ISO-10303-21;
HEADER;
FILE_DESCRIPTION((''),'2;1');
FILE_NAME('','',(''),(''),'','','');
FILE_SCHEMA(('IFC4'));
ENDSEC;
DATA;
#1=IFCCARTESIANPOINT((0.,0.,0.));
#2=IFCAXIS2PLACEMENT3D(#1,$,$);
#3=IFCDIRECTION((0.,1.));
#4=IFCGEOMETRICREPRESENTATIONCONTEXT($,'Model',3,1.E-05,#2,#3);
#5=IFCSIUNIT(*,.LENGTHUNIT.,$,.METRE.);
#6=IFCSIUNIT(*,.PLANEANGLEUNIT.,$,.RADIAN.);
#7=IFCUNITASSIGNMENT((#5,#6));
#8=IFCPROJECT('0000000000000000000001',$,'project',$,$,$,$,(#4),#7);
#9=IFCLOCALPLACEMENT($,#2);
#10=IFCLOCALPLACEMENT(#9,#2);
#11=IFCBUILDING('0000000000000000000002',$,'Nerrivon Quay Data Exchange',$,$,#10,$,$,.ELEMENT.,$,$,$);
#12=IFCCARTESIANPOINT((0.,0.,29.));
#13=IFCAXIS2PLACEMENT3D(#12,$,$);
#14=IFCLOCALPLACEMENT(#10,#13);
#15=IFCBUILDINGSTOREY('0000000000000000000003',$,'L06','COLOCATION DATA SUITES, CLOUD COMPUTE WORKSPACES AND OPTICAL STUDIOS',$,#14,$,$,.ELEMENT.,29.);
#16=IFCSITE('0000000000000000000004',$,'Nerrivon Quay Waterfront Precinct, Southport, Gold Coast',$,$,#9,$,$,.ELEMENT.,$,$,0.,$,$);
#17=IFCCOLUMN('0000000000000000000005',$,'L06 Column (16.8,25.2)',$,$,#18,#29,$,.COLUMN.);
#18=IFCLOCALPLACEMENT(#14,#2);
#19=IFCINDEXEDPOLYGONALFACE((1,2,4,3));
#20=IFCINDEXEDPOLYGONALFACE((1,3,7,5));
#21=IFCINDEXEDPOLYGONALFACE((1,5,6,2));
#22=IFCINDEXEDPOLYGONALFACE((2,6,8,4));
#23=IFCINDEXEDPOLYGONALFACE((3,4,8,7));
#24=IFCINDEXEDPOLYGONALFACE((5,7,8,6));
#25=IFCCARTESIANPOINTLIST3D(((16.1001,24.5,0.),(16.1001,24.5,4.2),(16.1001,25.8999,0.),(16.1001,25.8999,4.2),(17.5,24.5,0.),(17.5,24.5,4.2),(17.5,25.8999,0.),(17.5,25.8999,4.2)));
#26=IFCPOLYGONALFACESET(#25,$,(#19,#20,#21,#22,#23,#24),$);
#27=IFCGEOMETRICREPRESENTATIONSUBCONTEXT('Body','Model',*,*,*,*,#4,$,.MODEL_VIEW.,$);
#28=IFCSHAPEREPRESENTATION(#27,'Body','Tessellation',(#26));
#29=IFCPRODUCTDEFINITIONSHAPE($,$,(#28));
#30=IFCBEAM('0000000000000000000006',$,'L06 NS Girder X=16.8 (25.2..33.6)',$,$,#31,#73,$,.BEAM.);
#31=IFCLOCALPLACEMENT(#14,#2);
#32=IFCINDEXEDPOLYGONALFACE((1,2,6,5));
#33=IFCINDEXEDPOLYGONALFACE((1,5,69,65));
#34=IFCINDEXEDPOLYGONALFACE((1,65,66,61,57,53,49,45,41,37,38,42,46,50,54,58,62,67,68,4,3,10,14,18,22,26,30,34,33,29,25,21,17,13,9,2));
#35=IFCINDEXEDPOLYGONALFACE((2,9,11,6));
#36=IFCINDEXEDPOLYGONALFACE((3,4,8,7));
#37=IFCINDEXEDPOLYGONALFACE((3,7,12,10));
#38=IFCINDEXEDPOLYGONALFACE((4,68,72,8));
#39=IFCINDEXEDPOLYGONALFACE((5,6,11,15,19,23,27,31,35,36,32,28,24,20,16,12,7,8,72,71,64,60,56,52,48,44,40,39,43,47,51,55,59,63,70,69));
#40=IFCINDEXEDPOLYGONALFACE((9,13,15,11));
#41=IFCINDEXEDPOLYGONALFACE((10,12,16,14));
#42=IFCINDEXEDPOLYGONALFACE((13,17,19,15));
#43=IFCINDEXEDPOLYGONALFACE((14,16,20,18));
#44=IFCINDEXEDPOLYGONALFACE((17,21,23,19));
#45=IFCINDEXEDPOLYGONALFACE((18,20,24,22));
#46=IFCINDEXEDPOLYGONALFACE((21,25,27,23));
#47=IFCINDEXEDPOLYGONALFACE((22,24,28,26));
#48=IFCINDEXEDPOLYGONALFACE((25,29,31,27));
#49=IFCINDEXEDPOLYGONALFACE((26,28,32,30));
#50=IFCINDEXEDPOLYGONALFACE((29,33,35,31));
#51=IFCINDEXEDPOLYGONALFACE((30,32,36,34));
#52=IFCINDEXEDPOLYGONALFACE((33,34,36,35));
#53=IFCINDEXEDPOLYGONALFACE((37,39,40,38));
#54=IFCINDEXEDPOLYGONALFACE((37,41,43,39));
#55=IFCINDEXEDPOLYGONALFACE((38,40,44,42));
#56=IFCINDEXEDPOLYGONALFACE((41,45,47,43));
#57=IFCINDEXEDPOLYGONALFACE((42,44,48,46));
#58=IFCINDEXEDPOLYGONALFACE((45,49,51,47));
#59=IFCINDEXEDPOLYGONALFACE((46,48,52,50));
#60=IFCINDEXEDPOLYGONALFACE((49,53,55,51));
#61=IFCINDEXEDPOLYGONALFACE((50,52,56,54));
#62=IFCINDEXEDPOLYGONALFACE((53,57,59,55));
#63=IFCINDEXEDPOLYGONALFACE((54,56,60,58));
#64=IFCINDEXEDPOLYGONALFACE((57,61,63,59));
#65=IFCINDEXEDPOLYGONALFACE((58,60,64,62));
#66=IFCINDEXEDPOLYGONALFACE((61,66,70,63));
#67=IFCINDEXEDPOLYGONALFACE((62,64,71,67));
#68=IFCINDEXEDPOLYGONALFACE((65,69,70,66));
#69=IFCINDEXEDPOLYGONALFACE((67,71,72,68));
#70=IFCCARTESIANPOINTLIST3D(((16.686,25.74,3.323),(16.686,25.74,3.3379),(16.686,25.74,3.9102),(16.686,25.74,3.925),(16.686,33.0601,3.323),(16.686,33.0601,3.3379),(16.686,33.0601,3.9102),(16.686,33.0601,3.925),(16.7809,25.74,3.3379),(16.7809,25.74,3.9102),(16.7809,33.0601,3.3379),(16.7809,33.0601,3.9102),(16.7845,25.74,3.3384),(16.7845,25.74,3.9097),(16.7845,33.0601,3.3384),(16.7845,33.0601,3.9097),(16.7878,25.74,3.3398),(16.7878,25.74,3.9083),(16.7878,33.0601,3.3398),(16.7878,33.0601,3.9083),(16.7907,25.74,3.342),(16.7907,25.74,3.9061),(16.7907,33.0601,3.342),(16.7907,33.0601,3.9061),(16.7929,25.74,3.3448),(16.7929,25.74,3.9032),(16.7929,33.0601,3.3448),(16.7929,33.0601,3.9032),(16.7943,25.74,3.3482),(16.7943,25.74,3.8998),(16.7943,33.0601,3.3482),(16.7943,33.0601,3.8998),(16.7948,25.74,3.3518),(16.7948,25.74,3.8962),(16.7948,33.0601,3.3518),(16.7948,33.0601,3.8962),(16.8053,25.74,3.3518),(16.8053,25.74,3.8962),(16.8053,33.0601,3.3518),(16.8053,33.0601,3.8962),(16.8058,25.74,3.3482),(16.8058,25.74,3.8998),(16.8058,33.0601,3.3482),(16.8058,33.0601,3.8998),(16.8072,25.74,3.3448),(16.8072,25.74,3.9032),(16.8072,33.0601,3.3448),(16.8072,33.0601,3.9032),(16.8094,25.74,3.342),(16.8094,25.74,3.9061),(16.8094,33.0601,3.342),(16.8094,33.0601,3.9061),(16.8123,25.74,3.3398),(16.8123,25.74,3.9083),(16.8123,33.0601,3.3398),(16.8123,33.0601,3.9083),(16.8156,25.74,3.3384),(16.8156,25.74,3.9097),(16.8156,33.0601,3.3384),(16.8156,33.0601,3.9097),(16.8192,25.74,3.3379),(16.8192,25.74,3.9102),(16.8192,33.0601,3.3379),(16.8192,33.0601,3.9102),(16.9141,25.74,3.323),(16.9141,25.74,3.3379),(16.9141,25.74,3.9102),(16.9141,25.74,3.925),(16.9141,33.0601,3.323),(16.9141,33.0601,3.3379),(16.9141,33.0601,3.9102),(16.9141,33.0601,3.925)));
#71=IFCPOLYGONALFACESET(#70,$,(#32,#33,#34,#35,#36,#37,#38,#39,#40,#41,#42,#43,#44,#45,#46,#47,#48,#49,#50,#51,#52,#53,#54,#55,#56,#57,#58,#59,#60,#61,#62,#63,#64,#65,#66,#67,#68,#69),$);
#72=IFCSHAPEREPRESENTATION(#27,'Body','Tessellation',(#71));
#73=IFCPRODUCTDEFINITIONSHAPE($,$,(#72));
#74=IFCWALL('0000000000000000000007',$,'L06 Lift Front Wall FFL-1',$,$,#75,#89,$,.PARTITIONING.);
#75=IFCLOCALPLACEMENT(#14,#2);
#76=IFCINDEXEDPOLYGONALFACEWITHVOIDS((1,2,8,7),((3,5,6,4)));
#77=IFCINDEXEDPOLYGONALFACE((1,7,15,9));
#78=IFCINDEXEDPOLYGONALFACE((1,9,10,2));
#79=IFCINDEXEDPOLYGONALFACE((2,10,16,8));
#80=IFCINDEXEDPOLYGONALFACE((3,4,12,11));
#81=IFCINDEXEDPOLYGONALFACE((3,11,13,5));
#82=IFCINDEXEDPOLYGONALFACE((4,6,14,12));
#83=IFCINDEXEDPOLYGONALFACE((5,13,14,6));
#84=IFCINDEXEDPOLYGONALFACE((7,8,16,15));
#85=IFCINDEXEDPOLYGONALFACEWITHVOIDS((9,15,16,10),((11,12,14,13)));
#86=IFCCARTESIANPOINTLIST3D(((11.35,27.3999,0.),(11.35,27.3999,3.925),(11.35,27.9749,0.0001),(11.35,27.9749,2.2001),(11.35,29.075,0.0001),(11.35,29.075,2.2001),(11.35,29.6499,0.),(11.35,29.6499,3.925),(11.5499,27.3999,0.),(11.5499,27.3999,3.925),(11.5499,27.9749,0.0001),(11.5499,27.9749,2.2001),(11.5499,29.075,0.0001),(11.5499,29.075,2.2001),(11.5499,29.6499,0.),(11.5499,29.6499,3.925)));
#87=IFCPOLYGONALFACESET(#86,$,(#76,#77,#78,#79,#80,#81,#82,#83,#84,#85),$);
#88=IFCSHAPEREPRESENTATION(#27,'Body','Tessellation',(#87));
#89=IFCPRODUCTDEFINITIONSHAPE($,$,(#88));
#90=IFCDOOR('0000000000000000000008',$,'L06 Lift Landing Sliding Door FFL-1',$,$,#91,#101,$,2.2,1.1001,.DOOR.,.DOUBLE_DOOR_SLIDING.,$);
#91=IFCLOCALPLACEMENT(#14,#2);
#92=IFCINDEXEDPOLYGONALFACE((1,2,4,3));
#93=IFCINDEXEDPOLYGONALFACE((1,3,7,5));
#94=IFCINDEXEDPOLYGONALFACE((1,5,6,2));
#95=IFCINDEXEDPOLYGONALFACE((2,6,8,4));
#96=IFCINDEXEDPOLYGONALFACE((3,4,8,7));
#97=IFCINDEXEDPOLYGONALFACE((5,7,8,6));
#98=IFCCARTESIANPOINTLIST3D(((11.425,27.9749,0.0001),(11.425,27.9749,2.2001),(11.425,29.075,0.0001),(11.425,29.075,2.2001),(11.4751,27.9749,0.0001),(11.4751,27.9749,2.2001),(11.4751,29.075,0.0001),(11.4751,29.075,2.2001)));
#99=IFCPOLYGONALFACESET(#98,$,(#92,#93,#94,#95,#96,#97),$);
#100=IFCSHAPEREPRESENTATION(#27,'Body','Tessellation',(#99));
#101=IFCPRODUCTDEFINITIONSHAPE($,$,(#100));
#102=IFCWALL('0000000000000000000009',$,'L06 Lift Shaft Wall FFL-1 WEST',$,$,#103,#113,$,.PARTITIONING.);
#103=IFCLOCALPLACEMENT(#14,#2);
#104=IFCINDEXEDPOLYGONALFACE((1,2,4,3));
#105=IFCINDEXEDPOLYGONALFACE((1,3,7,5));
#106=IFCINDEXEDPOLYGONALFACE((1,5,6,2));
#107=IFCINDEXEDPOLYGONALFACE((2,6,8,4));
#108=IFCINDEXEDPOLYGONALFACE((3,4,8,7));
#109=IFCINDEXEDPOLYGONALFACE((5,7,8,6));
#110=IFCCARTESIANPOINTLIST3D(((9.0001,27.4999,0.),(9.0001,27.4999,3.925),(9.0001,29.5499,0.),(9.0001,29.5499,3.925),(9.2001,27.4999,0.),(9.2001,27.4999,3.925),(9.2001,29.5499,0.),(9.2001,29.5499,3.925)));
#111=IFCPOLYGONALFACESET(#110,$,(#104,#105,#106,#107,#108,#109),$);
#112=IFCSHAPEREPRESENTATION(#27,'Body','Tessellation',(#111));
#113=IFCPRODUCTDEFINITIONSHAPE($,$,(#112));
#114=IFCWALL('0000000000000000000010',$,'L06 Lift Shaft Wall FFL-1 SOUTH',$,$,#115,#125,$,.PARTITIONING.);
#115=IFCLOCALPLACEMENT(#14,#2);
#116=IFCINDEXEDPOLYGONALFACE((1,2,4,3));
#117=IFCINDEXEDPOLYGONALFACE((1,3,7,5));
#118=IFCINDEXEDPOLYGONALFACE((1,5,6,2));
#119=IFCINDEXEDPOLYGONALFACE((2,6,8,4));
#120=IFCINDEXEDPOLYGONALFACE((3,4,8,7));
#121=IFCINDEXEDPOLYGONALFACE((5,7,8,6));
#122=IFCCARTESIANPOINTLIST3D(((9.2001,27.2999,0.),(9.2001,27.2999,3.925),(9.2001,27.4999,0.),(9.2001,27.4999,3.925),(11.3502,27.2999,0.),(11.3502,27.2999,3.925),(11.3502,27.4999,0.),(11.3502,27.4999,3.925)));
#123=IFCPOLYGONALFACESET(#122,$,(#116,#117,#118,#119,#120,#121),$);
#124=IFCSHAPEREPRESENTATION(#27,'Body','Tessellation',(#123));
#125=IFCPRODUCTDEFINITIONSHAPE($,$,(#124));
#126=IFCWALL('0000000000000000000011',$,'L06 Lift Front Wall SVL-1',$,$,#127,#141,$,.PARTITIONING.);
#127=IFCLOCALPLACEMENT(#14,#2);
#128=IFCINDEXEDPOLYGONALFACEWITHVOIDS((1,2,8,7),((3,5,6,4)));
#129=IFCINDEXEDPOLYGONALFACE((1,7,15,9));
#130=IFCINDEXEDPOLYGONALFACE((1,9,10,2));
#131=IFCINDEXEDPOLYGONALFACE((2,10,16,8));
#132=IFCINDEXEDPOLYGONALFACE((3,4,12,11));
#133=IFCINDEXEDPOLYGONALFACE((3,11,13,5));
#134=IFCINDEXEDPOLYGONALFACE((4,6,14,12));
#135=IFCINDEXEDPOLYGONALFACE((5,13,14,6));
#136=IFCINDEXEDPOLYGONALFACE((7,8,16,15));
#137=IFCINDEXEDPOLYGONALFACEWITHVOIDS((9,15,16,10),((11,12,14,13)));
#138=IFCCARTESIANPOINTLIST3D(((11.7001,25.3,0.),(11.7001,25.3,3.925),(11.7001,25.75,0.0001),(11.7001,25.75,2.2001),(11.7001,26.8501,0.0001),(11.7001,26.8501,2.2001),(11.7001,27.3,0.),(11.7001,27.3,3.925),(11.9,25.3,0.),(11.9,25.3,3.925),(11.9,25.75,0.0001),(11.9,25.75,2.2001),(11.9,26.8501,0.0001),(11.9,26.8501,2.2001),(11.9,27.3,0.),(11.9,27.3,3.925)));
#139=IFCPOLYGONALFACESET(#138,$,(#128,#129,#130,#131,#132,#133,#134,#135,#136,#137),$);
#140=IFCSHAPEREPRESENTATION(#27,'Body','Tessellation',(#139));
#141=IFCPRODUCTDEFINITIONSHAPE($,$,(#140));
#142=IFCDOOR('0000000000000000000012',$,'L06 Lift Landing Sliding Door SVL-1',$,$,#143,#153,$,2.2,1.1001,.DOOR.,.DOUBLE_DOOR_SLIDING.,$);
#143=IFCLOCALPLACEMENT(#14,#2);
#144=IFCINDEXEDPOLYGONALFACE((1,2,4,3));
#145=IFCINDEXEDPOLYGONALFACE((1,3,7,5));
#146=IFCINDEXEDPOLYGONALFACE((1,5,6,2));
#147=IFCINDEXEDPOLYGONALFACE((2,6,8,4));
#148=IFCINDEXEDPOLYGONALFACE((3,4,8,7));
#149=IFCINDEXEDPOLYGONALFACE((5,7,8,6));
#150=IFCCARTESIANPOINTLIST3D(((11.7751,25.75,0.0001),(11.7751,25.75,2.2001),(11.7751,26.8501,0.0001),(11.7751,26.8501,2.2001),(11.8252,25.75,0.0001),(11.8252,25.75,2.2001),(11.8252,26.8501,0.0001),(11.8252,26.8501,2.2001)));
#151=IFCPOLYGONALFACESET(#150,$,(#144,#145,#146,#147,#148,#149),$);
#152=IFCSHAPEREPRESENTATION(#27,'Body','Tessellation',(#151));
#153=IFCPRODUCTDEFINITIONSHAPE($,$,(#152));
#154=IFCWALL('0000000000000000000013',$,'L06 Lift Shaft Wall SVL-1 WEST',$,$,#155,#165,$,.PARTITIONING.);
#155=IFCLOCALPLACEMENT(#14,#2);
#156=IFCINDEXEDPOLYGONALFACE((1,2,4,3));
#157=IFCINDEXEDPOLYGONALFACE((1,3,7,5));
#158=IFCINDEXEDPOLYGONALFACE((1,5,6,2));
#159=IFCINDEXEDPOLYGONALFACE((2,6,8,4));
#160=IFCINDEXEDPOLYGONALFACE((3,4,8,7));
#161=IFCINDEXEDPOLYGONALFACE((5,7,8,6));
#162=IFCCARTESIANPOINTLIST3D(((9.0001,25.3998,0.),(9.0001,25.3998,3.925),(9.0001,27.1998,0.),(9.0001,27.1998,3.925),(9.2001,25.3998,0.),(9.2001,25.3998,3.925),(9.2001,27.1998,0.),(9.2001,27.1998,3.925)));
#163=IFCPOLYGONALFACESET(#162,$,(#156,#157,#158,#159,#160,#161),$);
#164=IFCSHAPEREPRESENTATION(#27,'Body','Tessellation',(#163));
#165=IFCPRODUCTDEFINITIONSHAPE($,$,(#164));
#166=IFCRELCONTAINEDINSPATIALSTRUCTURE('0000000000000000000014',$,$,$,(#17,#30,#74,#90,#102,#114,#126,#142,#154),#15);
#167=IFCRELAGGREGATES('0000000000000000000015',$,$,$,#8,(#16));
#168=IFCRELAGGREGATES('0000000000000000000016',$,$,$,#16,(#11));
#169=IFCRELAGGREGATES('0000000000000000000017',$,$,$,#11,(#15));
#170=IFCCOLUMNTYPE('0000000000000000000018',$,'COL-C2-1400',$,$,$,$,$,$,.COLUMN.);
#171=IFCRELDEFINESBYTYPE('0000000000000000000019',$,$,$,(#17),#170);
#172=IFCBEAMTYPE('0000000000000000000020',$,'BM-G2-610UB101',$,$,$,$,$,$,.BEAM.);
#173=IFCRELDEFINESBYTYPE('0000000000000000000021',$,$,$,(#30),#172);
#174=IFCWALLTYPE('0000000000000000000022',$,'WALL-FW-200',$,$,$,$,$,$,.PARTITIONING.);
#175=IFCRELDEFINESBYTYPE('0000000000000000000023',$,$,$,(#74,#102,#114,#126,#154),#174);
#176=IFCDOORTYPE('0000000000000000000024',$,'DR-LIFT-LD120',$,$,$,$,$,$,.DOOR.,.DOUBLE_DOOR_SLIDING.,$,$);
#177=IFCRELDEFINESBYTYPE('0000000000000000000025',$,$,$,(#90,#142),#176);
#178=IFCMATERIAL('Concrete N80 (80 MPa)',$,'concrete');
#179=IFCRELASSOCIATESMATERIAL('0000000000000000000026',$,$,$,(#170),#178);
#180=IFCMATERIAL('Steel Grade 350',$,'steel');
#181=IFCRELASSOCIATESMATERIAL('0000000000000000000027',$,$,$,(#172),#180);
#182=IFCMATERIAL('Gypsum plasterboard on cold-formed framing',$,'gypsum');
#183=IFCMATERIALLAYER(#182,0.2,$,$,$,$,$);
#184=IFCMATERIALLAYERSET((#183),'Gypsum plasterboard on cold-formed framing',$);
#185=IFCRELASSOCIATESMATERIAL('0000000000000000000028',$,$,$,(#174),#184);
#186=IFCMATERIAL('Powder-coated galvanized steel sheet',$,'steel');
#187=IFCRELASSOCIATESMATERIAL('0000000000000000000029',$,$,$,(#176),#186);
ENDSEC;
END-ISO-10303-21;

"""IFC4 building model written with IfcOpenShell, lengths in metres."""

from ifc_helpers import new_model, si_unit, direction, frame, frame_2d, origin, origin_2d, place, context, subcontext, project, spatial, rectangle, i_section, extrude, material, layer, layer_set, material_profile, profile_set, type_object, element, fill, save


model = new_model("IFC4")

# Units and contexts
model_context = context("Model", 3, precision=1e-05, world=origin(), true_north=direction((0.0, 1.0)))
body_context = subcontext(model_context, "Body", "Model", "MODEL_VIEW")
ifc_project = project(units=[si_unit("LENGTHUNIT", "METRE"), si_unit("PLANEANGLEUNIT", "RADIAN")], contexts=[model_context])

# Site, building, storey
site_placement = place(None, origin())
site = spatial("IfcSite", under=ifc_project, at=site_placement, Name="Nerrivon Quay Waterfront Precinct, Southport, Gold Coast", CompositionType="ELEMENT", RefElevation=0.0)
building_placement = place(site_placement, origin())
building = spatial("IfcBuilding", under=site, at=building_placement, Name="Nerrivon Quay Data Exchange", CompositionType="ELEMENT")
storey_placement = place(building_placement, frame((0.0, 0.0, 29.0)))
storey = spatial("IfcBuildingStorey", under=building, at=storey_placement, Name="L06", Description="COLOCATION DATA SUITES, CLOUD COMPUTE WORKSPACES AND OPTICAL STUDIOS", CompositionType="ELEMENT", Elevation=29.0)

# Column
ifc_material_1 = material(Name="Concrete N80 (80 MPa)", Category="concrete")
ifc_material_profile_1 = material_profile(ifc_material_1, rectangle(XDim=1.3999, YDim=1.3999, at=origin_2d()), Name="RC-COL-1400x1400")
ifc_profile_set_1 = profile_set([ifc_material_profile_1], Name="Concrete N80 (80 MPa)")
column_type = type_object("IfcColumnType", Name="COL-C2-1400", PredefinedType="COLUMN", material=ifc_profile_set_1)
column_placement = place(storey_placement, frame((16.8, 25.2, 0.0), z_axis=(0.0, 0.0, 1.0), x_axis=(1.0, 0.0, 0.0)))
element("IfcColumn", 1, at=column_placement, inside=storey, type_object=column_type, Name="L06 Column (16.8,25.2)", PredefinedType="COLUMN", context=body_context, shape_type="SweptSolid", body=[
    extrude(rectangle(XDim=1.3999, YDim=1.3999, at=origin_2d()), origin(), (0.0, 0.0, 1.0), 4.2),
])

# Beam
ifc_material_2 = material(Name="Steel Grade 350", Category="steel")
ifc_material_profile_2 = material_profile(ifc_material_2, i_section(OverallWidth=0.228, OverallDepth=0.6021, WebThickness=0.0105, FlangeThickness=0.0149, FilletRadius=0.0139, at=origin_2d()), Name="610UB101")
ifc_profile_set_2 = profile_set([ifc_material_profile_2], Name="Steel Grade 350")
beam_type = type_object("IfcBeamType", Name="BM-G2-610UB101", PredefinedType="BEAM", material=ifc_profile_set_2)
beam_placement = place(storey_placement, frame((16.8, 25.74, 3.624), z_axis=(0.0, 1.0, 0.0), x_axis=(-1.0, 0.0, 0.0)))
element("IfcBeam", 2, at=beam_placement, inside=storey, type_object=beam_type, Name="L06 NS Girder X=16.8 (25.2..33.6)", PredefinedType="BEAM", context=body_context, shape_type="SweptSolid", body=[
    extrude(i_section(OverallWidth=0.228, OverallDepth=0.6021, WebThickness=0.0105, FlangeThickness=0.0149, FilletRadius=0.0139, at=origin_2d()), origin(), (0.0, 0.0, 1.0), 7.3201),
])

# Wall, opening, door
ifc_material_3 = material(Name="Powder-coated galvanized steel sheet", Category="steel")
ifc_material_4 = material(Name="Gypsum plasterboard on cold-formed framing", Category="gypsum")
ifc_layer_1 = layer(ifc_material_4, 0.2)
ifc_layer_set_1 = layer_set([ifc_layer_1], Name="Gypsum plasterboard on cold-formed framing")
wall_type_1 = type_object("IfcWallType", Name="WALL-FW-200", PredefinedType="PARTITIONING", material=ifc_layer_set_1)
wall_1_placement = place(storey_placement, frame((11.45, 27.3999, 0.0), z_axis=(0.0, 0.0, 1.0), x_axis=(0.0, 1.0, 0.0)))
wall_1 = element("IfcWall", 3, at=wall_1_placement, inside=storey, type_object=wall_type_1, Name="L06 Lift Front Wall FFL-1", PredefinedType="PARTITIONING", context=body_context, shape_type="SweptSolid", body=[
    extrude(rectangle(XDim=2.25, YDim=0.2, at=frame_2d((1.125, 0.0))), origin(), (0.0, 0.0, 1.0), 3.925),
])
opening_1_placement = place(wall_1_placement, frame((0.575, 0.0, 0.0)))
opening_1 = element("IfcOpeningElement", 4, at=opening_1_placement, cuts=wall_1, PredefinedType="OPENING", context=body_context, shape_type="SweptSolid", body=[
    extrude(rectangle(XDim=1.1001, YDim=2.2, at=frame_2d((0.55, 1.1001))), frame((0.0, 0.1099, 0.0), z_axis=(0.0, -1.0, 0.0), x_axis=(1.0, 0.0, 0.0)), (0.0, 0.0, 1.0), 0.22),
])
door_type_1 = type_object("IfcDoorType", Name="DR-LIFT-LD120", OperationType="DOUBLE_DOOR_SLIDING", PredefinedType="DOOR", material=ifc_material_3)
door_1_placement = place(opening_1_placement, origin())
door_1 = element("IfcDoor", 5, at=door_1_placement, inside=storey, type_object=door_type_1, Name="L06 Lift Landing Sliding Door FFL-1", OperationType="DOUBLE_DOOR_SLIDING", OverallHeight=2.2, OverallWidth=1.1001, PredefinedType="DOOR", context=body_context, shape_type="SweptSolid", body=[
    extrude(rectangle(XDim=1.1001, YDim=2.2, at=frame_2d((0.55, 1.1001))), frame((0.0, 0.0249, 0.0), z_axis=(0.0, -1.0, 0.0), x_axis=(1.0, 0.0, 0.0)), (0.0, 0.0, 1.0), 0.05),
])
fill(opening_1, door_1)

# Walls
wall_2_placement = place(storey_placement, frame((9.1001, 27.5, 0.0), z_axis=(0.0, 0.0, 1.0), x_axis=(0.0, 1.0, 0.0)))
element("IfcWall", 6, at=wall_2_placement, inside=storey, type_object=wall_type_1, Name="L06 Lift Shaft Wall FFL-1 WEST", PredefinedType="PARTITIONING", context=body_context, shape_type="SweptSolid", body=[
    extrude(rectangle(XDim=2.05, YDim=0.2, at=frame_2d((1.0249, 0.0))), origin(), (0.0, 0.0, 1.0), 3.925),
])
wall_3_placement = place(storey_placement, frame((9.2, 27.3999, 0.0), z_axis=(0.0, 0.0, 1.0), x_axis=(1.0, 0.0, 0.0)))
element("IfcWall", 7, at=wall_3_placement, inside=storey, type_object=wall_type_1, Name="L06 Lift Shaft Wall FFL-1 SOUTH", PredefinedType="PARTITIONING", context=body_context, shape_type="SweptSolid", body=[
    extrude(rectangle(XDim=2.1501, YDim=0.2, at=frame_2d((1.0752, 0.0))), origin(), (0.0, 0.0, 1.0), 3.925),
])

# Wall, opening, door
wall_4_placement = place(storey_placement, frame((11.8, 25.3, 0.0), z_axis=(0.0, 0.0, 1.0), x_axis=(0.0, 1.0, 0.0)))
wall_4 = element("IfcWall", 8, at=wall_4_placement, inside=storey, type_object=wall_type_1, Name="L06 Lift Front Wall SVL-1", PredefinedType="PARTITIONING", context=body_context, shape_type="SweptSolid", body=[
    extrude(rectangle(XDim=2.0, YDim=0.2, at=frame_2d((1.0, 0.0))), origin(), (0.0, 0.0, 1.0), 3.925),
])
opening_2_placement = place(wall_4_placement, frame((0.45, 0.0, 0.0)))
opening_2 = element("IfcOpeningElement", 9, at=opening_2_placement, cuts=wall_4, PredefinedType="OPENING", context=body_context, shape_type="SweptSolid", body=[
    extrude(rectangle(XDim=1.1001, YDim=2.2, at=frame_2d((0.55, 1.1001))), frame((0.0, 0.1099, 0.0), z_axis=(0.0, -1.0, 0.0), x_axis=(1.0, 0.0, 0.0)), (0.0, 0.0, 1.0), 0.22),
])
door_2_placement = place(opening_2_placement, origin())
door_2 = element("IfcDoor", 10, at=door_2_placement, inside=storey, type_object=door_type_1, Name="L06 Lift Landing Sliding Door SVL-1", OperationType="DOUBLE_DOOR_SLIDING", OverallHeight=2.2, OverallWidth=1.1001, PredefinedType="DOOR", context=body_context, shape_type="SweptSolid", body=[
    extrude(rectangle(XDim=1.1001, YDim=2.2, at=frame_2d((0.55, 1.1001))), frame((0.0, 0.0249, 0.0), z_axis=(0.0, -1.0, 0.0), x_axis=(1.0, 0.0, 0.0)), (0.0, 0.0, 1.0), 0.05),
])
fill(opening_2, door_2)

# Wall
wall_5_placement = place(storey_placement, frame((9.1001, 25.3999, 0.0), z_axis=(0.0, 0.0, 1.0), x_axis=(0.0, 1.0, 0.0)))
element("IfcWall", 11, at=wall_5_placement, inside=storey, type_object=wall_type_1, Name="L06 Lift Shaft Wall SVL-1 WEST", PredefinedType="PARTITIONING", context=body_context, shape_type="SweptSolid", body=[
    extrude(rectangle(XDim=1.8, YDim=0.2, at=frame_2d((0.8999, 0.0))), origin(), (0.0, 0.0, 1.0), 3.925),
])

save(model, "model.ifc")
